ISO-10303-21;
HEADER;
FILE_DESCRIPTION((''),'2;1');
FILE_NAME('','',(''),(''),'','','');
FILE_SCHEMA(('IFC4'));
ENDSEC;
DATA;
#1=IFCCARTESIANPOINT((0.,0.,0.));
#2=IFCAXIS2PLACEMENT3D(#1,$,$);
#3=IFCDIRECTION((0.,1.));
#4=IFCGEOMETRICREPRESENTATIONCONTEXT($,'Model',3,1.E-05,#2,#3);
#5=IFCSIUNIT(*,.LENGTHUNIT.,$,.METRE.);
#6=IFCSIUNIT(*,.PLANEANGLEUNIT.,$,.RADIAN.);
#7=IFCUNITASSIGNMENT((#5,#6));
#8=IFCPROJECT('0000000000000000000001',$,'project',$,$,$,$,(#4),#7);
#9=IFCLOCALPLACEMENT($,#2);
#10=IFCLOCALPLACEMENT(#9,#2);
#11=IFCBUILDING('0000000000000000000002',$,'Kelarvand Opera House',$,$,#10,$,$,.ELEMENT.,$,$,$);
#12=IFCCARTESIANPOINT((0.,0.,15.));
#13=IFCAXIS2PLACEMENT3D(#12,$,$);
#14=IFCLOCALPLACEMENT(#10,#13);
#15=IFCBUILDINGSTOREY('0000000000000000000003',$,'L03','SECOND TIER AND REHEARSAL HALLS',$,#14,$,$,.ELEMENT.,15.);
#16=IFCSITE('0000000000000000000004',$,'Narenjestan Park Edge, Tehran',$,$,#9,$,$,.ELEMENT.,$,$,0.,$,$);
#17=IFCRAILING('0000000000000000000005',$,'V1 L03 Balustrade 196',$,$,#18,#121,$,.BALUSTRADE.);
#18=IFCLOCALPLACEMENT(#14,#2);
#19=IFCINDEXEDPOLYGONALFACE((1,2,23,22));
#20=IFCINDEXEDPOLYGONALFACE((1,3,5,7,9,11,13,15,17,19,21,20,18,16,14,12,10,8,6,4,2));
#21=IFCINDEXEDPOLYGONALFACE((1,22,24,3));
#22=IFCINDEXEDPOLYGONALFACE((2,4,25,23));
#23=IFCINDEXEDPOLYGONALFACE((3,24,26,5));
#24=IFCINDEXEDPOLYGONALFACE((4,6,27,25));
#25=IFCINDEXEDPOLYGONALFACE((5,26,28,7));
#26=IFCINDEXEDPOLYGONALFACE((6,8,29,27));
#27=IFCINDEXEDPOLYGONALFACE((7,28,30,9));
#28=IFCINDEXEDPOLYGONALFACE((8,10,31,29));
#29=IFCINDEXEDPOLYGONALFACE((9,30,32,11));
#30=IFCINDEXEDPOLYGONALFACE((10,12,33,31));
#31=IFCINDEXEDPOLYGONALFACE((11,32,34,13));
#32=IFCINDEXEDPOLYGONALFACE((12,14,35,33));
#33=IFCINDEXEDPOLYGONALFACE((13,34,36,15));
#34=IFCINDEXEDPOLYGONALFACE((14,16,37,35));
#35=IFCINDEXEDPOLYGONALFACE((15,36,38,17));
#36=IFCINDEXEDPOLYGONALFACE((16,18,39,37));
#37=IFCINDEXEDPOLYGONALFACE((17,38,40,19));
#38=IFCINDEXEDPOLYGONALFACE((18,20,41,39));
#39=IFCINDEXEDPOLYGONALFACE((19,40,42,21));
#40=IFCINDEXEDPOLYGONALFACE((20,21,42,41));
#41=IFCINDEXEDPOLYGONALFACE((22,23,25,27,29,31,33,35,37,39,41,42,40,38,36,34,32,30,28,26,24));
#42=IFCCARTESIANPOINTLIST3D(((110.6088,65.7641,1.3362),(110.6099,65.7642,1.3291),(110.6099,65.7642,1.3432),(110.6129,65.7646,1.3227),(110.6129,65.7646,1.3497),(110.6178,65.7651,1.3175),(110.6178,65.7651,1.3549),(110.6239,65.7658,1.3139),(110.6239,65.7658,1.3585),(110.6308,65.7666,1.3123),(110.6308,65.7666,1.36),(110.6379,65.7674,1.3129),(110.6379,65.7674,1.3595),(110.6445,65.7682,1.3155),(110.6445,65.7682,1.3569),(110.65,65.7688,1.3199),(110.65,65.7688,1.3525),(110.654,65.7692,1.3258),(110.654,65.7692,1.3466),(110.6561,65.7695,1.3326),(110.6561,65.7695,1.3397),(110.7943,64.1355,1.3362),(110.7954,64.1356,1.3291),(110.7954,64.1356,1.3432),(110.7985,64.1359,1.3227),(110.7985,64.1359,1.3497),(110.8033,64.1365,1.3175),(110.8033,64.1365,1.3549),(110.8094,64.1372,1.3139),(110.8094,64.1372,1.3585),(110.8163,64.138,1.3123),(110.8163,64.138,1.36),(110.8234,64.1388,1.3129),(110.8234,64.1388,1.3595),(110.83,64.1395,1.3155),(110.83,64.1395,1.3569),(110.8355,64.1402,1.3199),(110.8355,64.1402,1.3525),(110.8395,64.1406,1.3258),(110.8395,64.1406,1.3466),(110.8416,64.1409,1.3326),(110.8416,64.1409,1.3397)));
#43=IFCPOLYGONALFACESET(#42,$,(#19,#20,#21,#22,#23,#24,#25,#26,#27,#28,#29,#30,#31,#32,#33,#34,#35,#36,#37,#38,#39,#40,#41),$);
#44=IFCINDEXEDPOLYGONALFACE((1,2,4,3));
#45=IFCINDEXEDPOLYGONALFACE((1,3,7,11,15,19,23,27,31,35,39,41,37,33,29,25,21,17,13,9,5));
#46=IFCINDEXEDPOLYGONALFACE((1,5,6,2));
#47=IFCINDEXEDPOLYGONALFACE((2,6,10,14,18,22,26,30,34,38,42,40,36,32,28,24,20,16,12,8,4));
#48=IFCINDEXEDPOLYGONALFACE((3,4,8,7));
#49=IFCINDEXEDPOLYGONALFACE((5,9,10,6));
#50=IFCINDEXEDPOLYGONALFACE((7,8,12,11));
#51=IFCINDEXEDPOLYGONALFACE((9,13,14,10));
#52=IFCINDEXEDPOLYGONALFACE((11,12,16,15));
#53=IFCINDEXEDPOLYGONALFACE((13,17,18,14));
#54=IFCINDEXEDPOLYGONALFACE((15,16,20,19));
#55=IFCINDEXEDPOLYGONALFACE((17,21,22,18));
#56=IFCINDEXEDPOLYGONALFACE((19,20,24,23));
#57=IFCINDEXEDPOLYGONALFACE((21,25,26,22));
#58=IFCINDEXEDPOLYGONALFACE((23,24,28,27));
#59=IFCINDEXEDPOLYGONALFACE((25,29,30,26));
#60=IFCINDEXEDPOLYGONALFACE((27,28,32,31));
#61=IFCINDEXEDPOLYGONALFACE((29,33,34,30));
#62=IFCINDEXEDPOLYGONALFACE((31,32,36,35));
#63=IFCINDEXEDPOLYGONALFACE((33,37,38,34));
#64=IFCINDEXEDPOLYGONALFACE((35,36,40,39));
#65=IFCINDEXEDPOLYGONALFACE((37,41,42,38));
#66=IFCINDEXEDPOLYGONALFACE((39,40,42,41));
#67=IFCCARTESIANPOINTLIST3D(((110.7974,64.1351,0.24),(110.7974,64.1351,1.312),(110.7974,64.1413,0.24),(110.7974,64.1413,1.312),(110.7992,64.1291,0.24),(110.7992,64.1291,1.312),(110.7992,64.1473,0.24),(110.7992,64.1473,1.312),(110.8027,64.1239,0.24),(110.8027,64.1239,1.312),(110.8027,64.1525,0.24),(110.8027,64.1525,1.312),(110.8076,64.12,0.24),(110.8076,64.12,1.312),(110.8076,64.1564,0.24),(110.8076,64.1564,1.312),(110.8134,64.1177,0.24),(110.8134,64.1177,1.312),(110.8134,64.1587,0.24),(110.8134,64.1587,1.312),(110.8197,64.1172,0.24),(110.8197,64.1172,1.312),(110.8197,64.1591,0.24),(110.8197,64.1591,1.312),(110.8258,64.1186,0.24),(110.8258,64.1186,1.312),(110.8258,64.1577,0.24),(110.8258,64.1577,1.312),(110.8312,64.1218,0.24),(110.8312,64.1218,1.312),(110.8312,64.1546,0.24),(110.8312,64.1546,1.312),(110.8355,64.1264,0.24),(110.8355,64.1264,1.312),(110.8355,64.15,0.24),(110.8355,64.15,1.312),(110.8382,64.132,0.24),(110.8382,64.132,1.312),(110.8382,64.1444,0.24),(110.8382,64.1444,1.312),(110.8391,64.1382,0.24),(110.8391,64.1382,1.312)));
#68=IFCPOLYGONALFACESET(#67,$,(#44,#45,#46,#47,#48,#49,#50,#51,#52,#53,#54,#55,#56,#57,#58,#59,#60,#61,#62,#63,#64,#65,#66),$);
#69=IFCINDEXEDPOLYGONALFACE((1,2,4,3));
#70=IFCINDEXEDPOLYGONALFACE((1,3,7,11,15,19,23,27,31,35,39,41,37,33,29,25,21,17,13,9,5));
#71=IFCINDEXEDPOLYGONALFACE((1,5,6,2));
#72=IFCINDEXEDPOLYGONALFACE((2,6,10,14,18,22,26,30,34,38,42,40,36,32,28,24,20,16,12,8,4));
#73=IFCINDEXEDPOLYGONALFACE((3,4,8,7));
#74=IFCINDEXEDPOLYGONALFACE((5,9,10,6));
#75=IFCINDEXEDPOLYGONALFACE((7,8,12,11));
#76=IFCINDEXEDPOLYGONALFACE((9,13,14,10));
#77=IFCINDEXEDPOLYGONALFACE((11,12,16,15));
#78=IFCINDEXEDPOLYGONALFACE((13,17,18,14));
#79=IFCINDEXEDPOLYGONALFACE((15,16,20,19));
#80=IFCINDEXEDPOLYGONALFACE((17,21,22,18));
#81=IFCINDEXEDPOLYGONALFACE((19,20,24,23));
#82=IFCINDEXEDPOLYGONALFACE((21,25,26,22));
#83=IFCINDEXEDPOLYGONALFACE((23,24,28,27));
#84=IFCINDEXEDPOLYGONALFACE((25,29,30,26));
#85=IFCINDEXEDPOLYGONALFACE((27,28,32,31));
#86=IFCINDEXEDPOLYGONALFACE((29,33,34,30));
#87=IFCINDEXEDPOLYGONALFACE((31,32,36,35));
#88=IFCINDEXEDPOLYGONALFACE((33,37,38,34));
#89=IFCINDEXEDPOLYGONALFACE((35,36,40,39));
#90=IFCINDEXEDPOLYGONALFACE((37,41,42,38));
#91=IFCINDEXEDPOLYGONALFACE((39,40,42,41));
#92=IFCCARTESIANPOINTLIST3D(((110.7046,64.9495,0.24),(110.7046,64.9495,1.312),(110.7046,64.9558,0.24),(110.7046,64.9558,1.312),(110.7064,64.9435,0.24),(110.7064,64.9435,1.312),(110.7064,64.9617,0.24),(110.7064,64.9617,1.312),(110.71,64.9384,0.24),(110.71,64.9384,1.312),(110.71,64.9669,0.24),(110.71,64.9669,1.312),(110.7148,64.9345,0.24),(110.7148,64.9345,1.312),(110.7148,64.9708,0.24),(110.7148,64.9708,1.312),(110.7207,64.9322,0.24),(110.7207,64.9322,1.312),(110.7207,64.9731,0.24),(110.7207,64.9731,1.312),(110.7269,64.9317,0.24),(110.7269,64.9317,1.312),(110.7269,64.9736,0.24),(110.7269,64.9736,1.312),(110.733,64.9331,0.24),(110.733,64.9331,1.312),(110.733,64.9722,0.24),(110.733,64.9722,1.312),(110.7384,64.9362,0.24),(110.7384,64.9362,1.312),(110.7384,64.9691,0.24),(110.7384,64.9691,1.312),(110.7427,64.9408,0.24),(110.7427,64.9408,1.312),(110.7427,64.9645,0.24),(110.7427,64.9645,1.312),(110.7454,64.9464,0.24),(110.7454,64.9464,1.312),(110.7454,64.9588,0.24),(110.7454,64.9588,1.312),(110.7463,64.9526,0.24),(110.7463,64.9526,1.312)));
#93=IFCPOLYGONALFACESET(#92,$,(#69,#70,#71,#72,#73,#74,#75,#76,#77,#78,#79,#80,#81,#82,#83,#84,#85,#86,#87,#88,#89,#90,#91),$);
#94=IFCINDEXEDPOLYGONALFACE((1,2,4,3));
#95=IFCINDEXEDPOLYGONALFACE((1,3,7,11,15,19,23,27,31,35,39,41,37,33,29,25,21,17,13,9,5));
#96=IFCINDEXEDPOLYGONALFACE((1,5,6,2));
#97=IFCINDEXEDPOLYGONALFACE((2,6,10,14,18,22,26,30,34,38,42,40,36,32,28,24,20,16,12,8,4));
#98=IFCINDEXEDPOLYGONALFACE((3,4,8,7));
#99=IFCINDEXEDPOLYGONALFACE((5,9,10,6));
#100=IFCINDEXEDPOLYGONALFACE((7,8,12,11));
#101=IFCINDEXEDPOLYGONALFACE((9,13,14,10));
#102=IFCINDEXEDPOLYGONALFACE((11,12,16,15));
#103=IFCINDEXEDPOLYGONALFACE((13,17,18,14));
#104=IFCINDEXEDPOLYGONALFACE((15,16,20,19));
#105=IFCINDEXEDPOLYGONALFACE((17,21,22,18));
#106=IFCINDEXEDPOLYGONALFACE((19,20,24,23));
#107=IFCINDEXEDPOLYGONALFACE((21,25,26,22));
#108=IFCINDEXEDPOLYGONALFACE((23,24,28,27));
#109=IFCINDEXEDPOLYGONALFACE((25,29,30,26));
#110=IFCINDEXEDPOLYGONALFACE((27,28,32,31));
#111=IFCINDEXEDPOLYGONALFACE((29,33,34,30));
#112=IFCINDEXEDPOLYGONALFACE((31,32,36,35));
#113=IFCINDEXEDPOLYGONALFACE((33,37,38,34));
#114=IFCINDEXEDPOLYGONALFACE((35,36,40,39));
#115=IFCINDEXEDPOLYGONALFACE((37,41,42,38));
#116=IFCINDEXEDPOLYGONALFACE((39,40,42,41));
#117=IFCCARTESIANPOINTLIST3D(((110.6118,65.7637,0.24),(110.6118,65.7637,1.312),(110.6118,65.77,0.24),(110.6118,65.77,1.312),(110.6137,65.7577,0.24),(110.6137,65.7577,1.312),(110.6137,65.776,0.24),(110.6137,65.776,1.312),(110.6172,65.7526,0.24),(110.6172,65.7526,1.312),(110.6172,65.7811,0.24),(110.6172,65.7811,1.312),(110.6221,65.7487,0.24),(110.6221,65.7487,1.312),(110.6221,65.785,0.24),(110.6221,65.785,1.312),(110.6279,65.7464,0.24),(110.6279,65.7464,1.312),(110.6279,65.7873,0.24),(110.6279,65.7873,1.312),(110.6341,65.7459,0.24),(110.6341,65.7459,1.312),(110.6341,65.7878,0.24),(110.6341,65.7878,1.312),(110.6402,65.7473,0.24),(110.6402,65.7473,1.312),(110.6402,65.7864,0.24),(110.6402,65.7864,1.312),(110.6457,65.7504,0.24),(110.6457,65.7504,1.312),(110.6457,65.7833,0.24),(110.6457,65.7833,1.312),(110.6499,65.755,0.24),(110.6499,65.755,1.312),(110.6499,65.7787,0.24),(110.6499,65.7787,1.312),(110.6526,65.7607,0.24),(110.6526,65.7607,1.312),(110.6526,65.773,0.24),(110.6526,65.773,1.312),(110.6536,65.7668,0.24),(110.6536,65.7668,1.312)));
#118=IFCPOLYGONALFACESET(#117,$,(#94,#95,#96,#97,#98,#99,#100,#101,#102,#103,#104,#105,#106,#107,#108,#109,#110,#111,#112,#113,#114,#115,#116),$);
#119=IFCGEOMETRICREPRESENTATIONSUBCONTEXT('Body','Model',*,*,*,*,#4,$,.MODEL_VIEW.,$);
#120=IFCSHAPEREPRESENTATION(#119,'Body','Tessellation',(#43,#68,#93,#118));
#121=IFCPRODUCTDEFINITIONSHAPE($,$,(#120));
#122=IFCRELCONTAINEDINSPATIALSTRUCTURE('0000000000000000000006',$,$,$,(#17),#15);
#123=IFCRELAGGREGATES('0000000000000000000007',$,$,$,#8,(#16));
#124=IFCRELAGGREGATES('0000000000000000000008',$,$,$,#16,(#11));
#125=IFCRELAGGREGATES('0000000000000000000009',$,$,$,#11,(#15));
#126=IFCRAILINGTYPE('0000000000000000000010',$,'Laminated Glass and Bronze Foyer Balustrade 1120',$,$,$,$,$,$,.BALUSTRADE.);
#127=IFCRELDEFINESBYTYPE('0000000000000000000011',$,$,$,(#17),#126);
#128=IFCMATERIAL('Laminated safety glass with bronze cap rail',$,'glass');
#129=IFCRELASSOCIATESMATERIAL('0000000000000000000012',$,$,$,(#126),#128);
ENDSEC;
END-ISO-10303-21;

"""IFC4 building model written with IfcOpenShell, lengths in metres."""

from ifc_helpers import new_model, si_unit, direction, frame, origin, origin_2d, place, context, subcontext, project, spatial, circle, extrude, material, type_object, element, save


model = new_model("IFC4")

# Units and contexts
model_context = context("Model", 3, precision=1e-05, world=origin(), true_north=direction((0.0, 1.0)))
body_context = subcontext(model_context, "Body", "Model", "MODEL_VIEW")
ifc_project = project(units=[si_unit("LENGTHUNIT", "METRE"), si_unit("PLANEANGLEUNIT", "RADIAN")], contexts=[model_context])

# Site, building, storey
site_placement = place(None, origin())
site = spatial("IfcSite", under=ifc_project, at=site_placement, Name="Narenjestan Park Edge, Tehran", CompositionType="ELEMENT", RefElevation=0.0)
building_placement = place(site_placement, origin())
building = spatial("IfcBuilding", under=site, at=building_placement, Name="Kelarvand Opera House", CompositionType="ELEMENT")
storey_placement = place(building_placement, frame((0.0, 0.0, 15.0)))
storey = spatial("IfcBuildingStorey", under=building, at=storey_placement, Name="L03", Description="SECOND TIER AND REHEARSAL HALLS", CompositionType="ELEMENT", Elevation=15.0)

# Railing
ifc_material_1 = material(Name="Laminated safety glass with bronze cap rail", Category="glass")
railing_type = type_object("IfcRailingType", Name="Laminated Glass and Bronze Foyer Balustrade 1120", PredefinedType="BALUSTRADE", material=ifc_material_1)
railing_1_placement = place(storey_placement, frame((110.8181, 64.1382, 0.24)))
element("IfcRailing", 1, at=railing_1_placement, inside=storey, type_object=railing_type, Name="V1 L03 Balustrade 196", PredefinedType="BALUSTRADE", context=body_context, shape_type="SweptSolid", body=[
    extrude(circle(Radius=0.0239, at=origin_2d()), frame((0.0, 0.0, 1.0962), z_axis=(-0.113194, 0.993573, 0.0), x_axis=(-0.993573, -0.113194, 0.0)), (0.0, 0.0, 1.0), 1.6392),
    extrude(circle(Radius=0.021, at=origin_2d()), origin(), (0.0, 0.0, 1.0), 1.072),
    extrude(circle(Radius=0.021, at=origin_2d()), frame((-0.0928, 0.8145, 0.0)), (0.0, 0.0, 1.0), 1.072),
    extrude(circle(Radius=0.021, at=origin_2d()), frame((-0.1855, 1.6287, 0.0)), (0.0, 0.0, 1.0), 1.072),
])

save(model, "model.ifc")
